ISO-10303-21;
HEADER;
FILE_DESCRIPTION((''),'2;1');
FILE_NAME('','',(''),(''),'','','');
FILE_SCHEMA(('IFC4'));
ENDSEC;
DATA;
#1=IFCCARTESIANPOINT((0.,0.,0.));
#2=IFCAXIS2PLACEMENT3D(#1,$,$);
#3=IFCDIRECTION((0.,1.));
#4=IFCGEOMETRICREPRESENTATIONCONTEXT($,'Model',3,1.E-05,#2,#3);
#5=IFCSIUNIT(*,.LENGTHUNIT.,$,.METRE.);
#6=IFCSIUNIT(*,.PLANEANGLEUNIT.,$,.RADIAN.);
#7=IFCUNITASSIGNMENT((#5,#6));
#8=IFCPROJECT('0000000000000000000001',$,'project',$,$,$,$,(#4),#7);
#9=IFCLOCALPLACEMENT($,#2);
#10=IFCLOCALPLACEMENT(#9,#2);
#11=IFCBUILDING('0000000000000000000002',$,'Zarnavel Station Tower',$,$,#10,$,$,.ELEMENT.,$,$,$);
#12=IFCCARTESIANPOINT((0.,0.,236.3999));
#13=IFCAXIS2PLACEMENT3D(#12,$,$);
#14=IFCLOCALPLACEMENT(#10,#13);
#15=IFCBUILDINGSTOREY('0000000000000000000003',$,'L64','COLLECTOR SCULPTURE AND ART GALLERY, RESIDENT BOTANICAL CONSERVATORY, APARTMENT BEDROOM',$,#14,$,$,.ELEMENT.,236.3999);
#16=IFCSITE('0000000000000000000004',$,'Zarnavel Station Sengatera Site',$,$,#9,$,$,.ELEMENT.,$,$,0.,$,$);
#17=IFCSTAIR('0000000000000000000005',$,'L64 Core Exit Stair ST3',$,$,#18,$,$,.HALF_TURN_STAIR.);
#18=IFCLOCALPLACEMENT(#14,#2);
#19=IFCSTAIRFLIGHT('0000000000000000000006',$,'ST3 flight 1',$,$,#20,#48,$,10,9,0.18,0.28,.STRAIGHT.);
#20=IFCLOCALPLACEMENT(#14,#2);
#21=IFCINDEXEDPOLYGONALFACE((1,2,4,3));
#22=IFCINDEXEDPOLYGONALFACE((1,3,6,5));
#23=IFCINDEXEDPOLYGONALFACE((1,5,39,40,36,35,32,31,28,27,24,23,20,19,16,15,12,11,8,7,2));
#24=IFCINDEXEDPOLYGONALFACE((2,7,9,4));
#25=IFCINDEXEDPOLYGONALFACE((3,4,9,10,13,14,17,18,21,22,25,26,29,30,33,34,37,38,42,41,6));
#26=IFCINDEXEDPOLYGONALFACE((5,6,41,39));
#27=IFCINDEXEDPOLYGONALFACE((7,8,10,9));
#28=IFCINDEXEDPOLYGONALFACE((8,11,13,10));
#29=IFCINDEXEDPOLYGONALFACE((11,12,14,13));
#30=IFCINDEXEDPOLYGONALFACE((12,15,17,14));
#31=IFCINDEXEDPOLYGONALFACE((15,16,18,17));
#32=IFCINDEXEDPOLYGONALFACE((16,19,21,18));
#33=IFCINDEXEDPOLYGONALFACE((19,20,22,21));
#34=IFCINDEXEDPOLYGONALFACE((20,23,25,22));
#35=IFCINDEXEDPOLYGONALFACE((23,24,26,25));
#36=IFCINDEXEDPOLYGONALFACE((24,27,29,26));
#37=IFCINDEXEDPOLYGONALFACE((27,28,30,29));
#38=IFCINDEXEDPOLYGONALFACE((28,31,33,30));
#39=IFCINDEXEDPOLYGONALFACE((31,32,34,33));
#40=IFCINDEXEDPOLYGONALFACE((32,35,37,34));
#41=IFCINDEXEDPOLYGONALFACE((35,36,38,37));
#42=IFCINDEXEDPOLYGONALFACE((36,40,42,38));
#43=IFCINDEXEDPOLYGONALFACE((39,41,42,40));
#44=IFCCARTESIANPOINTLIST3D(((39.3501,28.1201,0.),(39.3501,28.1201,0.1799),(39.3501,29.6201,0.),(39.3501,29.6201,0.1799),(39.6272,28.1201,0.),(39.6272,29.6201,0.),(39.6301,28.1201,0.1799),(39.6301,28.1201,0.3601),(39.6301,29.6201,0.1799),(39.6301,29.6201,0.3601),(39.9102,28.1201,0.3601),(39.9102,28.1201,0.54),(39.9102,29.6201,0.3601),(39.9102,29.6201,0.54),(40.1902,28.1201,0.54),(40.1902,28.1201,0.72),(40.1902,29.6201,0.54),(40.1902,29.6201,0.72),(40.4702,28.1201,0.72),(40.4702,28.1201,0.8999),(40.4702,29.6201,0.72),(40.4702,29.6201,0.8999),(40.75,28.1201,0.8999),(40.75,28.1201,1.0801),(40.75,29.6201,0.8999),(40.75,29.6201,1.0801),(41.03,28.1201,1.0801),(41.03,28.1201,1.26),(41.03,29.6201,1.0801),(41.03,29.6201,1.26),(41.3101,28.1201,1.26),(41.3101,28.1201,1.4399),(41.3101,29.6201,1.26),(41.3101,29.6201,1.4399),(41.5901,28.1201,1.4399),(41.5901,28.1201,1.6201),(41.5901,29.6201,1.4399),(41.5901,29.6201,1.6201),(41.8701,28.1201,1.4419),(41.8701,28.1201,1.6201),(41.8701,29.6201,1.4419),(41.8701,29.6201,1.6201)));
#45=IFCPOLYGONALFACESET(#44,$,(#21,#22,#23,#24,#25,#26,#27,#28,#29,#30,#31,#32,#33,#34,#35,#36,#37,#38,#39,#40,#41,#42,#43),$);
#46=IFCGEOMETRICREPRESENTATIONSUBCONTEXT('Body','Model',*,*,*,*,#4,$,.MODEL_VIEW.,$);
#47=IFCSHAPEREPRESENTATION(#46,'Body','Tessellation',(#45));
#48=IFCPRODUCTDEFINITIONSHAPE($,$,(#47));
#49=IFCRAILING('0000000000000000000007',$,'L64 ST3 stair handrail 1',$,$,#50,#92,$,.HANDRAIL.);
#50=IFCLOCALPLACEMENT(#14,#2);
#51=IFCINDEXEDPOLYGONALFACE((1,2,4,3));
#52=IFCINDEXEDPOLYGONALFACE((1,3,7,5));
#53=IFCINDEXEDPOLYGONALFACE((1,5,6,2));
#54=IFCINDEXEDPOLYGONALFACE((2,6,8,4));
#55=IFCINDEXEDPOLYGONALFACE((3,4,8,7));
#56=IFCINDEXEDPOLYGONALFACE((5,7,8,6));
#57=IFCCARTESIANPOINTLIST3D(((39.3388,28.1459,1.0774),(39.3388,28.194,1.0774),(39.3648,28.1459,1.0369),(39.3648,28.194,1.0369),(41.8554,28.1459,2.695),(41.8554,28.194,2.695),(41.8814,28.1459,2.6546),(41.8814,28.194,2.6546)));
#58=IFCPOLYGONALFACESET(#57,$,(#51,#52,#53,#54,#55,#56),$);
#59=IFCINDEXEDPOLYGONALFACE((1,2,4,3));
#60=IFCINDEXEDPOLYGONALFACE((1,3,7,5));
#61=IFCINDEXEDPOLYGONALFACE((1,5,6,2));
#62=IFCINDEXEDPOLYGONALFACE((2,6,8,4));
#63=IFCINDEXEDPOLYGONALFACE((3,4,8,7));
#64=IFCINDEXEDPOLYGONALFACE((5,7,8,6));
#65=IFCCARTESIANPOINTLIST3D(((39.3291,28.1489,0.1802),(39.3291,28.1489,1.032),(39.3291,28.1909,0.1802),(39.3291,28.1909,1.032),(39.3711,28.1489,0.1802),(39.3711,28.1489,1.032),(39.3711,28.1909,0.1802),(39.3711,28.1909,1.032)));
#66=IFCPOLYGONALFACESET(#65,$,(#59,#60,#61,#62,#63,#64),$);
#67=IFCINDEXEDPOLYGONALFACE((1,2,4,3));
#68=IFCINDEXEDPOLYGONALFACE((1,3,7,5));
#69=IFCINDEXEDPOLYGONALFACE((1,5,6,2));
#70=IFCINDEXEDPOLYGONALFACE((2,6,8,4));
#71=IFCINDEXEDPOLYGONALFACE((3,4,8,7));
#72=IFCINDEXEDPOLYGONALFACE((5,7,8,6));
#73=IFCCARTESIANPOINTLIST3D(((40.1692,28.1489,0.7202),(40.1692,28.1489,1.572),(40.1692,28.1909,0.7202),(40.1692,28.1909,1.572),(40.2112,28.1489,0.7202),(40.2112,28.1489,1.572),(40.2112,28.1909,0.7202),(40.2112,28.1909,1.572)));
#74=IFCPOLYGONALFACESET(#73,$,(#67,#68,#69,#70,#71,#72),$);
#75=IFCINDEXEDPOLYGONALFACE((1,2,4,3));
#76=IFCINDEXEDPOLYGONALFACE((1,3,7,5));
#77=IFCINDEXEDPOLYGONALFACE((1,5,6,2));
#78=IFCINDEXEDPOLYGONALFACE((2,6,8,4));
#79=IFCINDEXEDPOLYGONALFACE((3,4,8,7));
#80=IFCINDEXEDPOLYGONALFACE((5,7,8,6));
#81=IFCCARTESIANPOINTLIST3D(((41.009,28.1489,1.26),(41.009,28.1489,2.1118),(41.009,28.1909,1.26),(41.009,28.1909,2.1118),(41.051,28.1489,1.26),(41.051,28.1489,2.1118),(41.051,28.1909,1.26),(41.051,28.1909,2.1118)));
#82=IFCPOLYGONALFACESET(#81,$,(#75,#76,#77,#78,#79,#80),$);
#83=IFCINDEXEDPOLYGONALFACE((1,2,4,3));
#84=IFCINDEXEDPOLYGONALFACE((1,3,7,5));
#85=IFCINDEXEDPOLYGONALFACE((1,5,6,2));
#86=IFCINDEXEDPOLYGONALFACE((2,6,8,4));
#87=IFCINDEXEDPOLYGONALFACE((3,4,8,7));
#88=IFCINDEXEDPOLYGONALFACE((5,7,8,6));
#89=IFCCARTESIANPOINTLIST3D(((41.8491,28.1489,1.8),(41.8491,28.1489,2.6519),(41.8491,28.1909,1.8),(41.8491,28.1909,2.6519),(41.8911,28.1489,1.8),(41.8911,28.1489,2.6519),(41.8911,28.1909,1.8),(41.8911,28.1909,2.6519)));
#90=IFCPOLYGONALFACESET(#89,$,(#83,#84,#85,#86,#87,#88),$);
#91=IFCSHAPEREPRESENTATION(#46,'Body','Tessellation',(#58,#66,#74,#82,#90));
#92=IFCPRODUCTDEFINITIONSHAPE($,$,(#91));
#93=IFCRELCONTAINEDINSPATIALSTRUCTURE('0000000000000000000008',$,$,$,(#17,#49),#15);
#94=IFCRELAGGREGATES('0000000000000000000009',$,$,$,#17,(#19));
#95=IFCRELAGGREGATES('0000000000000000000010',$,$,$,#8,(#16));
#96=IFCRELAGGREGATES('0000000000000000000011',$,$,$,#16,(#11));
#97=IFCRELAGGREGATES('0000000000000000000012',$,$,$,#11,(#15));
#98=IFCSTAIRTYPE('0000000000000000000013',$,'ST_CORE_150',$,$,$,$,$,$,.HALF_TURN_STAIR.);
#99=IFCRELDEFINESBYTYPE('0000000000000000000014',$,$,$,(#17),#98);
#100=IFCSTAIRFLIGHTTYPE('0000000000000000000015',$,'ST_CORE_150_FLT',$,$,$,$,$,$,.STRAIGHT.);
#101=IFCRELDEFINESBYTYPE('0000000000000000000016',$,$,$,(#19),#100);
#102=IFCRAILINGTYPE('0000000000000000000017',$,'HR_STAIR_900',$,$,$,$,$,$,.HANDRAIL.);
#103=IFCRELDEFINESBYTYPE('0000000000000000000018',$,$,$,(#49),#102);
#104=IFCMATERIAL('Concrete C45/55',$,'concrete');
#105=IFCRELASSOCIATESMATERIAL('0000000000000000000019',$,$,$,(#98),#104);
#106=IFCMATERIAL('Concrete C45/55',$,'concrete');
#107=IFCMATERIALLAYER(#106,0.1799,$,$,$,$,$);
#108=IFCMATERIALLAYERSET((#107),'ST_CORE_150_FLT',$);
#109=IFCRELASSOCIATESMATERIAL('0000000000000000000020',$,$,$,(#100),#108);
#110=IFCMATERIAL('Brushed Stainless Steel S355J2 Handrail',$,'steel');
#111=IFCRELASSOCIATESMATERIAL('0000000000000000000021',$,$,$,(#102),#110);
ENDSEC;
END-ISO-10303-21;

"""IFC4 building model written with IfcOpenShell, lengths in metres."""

from ifc_helpers import new_model, si_unit, direction, frame, origin, origin_2d, place, context, subcontext, project, spatial, polyline, rectangle, outline, extrude, material, layer, layer_set, type_object, element, aggregate, save


model = new_model("IFC4")

# Units and contexts
model_context = context("Model", 3, precision=1e-05, world=origin(), true_north=direction((0.0, 1.0)))
body_context = subcontext(model_context, "Body", "Model", "MODEL_VIEW")
ifc_project = project(units=[si_unit("LENGTHUNIT", "METRE"), si_unit("PLANEANGLEUNIT", "RADIAN")], contexts=[model_context])

# Site, building, storey
site_placement = place(None, origin())
site = spatial("IfcSite", under=ifc_project, at=site_placement, Name="Zarnavel Station Sengatera Site", CompositionType="ELEMENT", RefElevation=0.0)
building_placement = place(site_placement, origin())
building = spatial("IfcBuilding", under=site, at=building_placement, Name="Zarnavel Station Tower", CompositionType="ELEMENT")
storey_placement = place(building_placement, frame((0.0, 0.0, 236.3999)))
storey = spatial("IfcBuildingStorey", under=building, at=storey_placement, Name="L64", Description="COLLECTOR SCULPTURE AND ART GALLERY, RESIDENT BOTANICAL CONSERVATORY, APARTMENT BEDROOM", CompositionType="ELEMENT", Elevation=236.3999)

# Stair, stair flight
ifc_material_1 = material(Name="Concrete C45/55", Category="concrete")
stair_type = type_object("IfcStairType", Name="ST_CORE_150", PredefinedType="HALF_TURN_STAIR", material=ifc_material_1)
stair_placement = place(storey_placement, origin())
stair = element("IfcStair", 1, at=stair_placement, inside=storey, type_object=stair_type, Name="L64 Core Exit Stair ST3", PredefinedType="HALF_TURN_STAIR")
ifc_material_2 = material(Name="Concrete C45/55", Category="concrete")
ifc_layer_1 = layer(ifc_material_2, 0.1799)
ifc_layer_set_1 = layer_set([ifc_layer_1], Name="ST_CORE_150_FLT")
stair_flight_type = type_object("IfcStairFlightType", Name="ST_CORE_150_FLT", PredefinedType="STRAIGHT", material=ifc_layer_set_1)
stair_flight_placement = place(storey_placement, frame((39.3501, 28.8701, 0.0), z_axis=(0.0, 0.0, 1.0), x_axis=(1.0, 0.0, 0.0)))
stair_flight = element("IfcStairFlight", 2, at=stair_flight_placement, type_object=stair_flight_type, Name="ST3 flight 1", NumberOfRisers=10, NumberOfTreads=9, PredefinedType="STRAIGHT", RiserHeight=0.18, TreadLength=0.28, context=body_context, shape_type="SweptSolid", body=[
    extrude(outline(polyline([(0.0, 0.0), (0.0, 0.1799), (0.28, 0.1799), (0.28, 0.3601), (0.5601, 0.3601), (0.5601, 0.54), (0.8401, 0.54), (0.8401, 0.72), (1.1201, 0.72), (1.1201, 0.8999), (1.3999, 0.8999), (1.3999, 1.0801), (1.6799, 1.0801), (1.6799, 1.26), (1.96, 1.26), (1.96, 1.4399), (2.24, 1.4399), (2.24, 1.6201), (2.52, 1.6201), (2.52, 1.8), (2.52, 1.4419), (0.2771, 0.0), (0.0, 0.0)])), frame((0.0, 0.75, 0.0), z_axis=(0.0, -1.0, 0.0), x_axis=(1.0, 0.0, 0.0)), (0.0, 0.0, 1.0), 1.5),
])
aggregate(stair, [stair_flight])

# Railing
ifc_material_3 = material(Name="Brushed Stainless Steel S355J2 Handrail", Category="steel")
railing_type = type_object("IfcRailingType", Name="HR_STAIR_900", PredefinedType="HANDRAIL", material=ifc_material_3)
railing_placement = place(storey_placement, frame((39.3501, 28.1699, 0.1802)))
element("IfcRailing", 3, at=railing_placement, inside=storey, type_object=railing_type, Name="L64 ST3 stair handrail 1", PredefinedType="HANDRAIL", context=body_context, shape_type="SweptSolid", body=[
    extrude(rectangle(XDim=0.0481, YDim=0.0481, at=origin_2d()), frame((0.0017, 0.0, 0.877), z_axis=(0.8412, 0.0, 0.540725), x_axis=(0.0, 1.0, 0.0)), (0.0, 0.0, 1.0), 2.9917),
    extrude(rectangle(XDim=0.042, YDim=0.042, at=origin_2d()), origin(), (0.0, 0.0, 1.0), 0.8518),
    extrude(rectangle(XDim=0.042, YDim=0.042, at=origin_2d()), frame((0.8401, 0.0, 0.54)), (0.0, 0.0, 1.0), 0.8518),
    extrude(rectangle(XDim=0.042, YDim=0.042, at=origin_2d()), frame((1.6799, 0.0, 1.0798)), (0.0, 0.0, 1.0), 0.8518),
    extrude(rectangle(XDim=0.042, YDim=0.042, at=origin_2d()), frame((2.52, 0.0, 1.6199)), (0.0, 0.0, 1.0), 0.8518),
])

save(model, "model.ifc")
